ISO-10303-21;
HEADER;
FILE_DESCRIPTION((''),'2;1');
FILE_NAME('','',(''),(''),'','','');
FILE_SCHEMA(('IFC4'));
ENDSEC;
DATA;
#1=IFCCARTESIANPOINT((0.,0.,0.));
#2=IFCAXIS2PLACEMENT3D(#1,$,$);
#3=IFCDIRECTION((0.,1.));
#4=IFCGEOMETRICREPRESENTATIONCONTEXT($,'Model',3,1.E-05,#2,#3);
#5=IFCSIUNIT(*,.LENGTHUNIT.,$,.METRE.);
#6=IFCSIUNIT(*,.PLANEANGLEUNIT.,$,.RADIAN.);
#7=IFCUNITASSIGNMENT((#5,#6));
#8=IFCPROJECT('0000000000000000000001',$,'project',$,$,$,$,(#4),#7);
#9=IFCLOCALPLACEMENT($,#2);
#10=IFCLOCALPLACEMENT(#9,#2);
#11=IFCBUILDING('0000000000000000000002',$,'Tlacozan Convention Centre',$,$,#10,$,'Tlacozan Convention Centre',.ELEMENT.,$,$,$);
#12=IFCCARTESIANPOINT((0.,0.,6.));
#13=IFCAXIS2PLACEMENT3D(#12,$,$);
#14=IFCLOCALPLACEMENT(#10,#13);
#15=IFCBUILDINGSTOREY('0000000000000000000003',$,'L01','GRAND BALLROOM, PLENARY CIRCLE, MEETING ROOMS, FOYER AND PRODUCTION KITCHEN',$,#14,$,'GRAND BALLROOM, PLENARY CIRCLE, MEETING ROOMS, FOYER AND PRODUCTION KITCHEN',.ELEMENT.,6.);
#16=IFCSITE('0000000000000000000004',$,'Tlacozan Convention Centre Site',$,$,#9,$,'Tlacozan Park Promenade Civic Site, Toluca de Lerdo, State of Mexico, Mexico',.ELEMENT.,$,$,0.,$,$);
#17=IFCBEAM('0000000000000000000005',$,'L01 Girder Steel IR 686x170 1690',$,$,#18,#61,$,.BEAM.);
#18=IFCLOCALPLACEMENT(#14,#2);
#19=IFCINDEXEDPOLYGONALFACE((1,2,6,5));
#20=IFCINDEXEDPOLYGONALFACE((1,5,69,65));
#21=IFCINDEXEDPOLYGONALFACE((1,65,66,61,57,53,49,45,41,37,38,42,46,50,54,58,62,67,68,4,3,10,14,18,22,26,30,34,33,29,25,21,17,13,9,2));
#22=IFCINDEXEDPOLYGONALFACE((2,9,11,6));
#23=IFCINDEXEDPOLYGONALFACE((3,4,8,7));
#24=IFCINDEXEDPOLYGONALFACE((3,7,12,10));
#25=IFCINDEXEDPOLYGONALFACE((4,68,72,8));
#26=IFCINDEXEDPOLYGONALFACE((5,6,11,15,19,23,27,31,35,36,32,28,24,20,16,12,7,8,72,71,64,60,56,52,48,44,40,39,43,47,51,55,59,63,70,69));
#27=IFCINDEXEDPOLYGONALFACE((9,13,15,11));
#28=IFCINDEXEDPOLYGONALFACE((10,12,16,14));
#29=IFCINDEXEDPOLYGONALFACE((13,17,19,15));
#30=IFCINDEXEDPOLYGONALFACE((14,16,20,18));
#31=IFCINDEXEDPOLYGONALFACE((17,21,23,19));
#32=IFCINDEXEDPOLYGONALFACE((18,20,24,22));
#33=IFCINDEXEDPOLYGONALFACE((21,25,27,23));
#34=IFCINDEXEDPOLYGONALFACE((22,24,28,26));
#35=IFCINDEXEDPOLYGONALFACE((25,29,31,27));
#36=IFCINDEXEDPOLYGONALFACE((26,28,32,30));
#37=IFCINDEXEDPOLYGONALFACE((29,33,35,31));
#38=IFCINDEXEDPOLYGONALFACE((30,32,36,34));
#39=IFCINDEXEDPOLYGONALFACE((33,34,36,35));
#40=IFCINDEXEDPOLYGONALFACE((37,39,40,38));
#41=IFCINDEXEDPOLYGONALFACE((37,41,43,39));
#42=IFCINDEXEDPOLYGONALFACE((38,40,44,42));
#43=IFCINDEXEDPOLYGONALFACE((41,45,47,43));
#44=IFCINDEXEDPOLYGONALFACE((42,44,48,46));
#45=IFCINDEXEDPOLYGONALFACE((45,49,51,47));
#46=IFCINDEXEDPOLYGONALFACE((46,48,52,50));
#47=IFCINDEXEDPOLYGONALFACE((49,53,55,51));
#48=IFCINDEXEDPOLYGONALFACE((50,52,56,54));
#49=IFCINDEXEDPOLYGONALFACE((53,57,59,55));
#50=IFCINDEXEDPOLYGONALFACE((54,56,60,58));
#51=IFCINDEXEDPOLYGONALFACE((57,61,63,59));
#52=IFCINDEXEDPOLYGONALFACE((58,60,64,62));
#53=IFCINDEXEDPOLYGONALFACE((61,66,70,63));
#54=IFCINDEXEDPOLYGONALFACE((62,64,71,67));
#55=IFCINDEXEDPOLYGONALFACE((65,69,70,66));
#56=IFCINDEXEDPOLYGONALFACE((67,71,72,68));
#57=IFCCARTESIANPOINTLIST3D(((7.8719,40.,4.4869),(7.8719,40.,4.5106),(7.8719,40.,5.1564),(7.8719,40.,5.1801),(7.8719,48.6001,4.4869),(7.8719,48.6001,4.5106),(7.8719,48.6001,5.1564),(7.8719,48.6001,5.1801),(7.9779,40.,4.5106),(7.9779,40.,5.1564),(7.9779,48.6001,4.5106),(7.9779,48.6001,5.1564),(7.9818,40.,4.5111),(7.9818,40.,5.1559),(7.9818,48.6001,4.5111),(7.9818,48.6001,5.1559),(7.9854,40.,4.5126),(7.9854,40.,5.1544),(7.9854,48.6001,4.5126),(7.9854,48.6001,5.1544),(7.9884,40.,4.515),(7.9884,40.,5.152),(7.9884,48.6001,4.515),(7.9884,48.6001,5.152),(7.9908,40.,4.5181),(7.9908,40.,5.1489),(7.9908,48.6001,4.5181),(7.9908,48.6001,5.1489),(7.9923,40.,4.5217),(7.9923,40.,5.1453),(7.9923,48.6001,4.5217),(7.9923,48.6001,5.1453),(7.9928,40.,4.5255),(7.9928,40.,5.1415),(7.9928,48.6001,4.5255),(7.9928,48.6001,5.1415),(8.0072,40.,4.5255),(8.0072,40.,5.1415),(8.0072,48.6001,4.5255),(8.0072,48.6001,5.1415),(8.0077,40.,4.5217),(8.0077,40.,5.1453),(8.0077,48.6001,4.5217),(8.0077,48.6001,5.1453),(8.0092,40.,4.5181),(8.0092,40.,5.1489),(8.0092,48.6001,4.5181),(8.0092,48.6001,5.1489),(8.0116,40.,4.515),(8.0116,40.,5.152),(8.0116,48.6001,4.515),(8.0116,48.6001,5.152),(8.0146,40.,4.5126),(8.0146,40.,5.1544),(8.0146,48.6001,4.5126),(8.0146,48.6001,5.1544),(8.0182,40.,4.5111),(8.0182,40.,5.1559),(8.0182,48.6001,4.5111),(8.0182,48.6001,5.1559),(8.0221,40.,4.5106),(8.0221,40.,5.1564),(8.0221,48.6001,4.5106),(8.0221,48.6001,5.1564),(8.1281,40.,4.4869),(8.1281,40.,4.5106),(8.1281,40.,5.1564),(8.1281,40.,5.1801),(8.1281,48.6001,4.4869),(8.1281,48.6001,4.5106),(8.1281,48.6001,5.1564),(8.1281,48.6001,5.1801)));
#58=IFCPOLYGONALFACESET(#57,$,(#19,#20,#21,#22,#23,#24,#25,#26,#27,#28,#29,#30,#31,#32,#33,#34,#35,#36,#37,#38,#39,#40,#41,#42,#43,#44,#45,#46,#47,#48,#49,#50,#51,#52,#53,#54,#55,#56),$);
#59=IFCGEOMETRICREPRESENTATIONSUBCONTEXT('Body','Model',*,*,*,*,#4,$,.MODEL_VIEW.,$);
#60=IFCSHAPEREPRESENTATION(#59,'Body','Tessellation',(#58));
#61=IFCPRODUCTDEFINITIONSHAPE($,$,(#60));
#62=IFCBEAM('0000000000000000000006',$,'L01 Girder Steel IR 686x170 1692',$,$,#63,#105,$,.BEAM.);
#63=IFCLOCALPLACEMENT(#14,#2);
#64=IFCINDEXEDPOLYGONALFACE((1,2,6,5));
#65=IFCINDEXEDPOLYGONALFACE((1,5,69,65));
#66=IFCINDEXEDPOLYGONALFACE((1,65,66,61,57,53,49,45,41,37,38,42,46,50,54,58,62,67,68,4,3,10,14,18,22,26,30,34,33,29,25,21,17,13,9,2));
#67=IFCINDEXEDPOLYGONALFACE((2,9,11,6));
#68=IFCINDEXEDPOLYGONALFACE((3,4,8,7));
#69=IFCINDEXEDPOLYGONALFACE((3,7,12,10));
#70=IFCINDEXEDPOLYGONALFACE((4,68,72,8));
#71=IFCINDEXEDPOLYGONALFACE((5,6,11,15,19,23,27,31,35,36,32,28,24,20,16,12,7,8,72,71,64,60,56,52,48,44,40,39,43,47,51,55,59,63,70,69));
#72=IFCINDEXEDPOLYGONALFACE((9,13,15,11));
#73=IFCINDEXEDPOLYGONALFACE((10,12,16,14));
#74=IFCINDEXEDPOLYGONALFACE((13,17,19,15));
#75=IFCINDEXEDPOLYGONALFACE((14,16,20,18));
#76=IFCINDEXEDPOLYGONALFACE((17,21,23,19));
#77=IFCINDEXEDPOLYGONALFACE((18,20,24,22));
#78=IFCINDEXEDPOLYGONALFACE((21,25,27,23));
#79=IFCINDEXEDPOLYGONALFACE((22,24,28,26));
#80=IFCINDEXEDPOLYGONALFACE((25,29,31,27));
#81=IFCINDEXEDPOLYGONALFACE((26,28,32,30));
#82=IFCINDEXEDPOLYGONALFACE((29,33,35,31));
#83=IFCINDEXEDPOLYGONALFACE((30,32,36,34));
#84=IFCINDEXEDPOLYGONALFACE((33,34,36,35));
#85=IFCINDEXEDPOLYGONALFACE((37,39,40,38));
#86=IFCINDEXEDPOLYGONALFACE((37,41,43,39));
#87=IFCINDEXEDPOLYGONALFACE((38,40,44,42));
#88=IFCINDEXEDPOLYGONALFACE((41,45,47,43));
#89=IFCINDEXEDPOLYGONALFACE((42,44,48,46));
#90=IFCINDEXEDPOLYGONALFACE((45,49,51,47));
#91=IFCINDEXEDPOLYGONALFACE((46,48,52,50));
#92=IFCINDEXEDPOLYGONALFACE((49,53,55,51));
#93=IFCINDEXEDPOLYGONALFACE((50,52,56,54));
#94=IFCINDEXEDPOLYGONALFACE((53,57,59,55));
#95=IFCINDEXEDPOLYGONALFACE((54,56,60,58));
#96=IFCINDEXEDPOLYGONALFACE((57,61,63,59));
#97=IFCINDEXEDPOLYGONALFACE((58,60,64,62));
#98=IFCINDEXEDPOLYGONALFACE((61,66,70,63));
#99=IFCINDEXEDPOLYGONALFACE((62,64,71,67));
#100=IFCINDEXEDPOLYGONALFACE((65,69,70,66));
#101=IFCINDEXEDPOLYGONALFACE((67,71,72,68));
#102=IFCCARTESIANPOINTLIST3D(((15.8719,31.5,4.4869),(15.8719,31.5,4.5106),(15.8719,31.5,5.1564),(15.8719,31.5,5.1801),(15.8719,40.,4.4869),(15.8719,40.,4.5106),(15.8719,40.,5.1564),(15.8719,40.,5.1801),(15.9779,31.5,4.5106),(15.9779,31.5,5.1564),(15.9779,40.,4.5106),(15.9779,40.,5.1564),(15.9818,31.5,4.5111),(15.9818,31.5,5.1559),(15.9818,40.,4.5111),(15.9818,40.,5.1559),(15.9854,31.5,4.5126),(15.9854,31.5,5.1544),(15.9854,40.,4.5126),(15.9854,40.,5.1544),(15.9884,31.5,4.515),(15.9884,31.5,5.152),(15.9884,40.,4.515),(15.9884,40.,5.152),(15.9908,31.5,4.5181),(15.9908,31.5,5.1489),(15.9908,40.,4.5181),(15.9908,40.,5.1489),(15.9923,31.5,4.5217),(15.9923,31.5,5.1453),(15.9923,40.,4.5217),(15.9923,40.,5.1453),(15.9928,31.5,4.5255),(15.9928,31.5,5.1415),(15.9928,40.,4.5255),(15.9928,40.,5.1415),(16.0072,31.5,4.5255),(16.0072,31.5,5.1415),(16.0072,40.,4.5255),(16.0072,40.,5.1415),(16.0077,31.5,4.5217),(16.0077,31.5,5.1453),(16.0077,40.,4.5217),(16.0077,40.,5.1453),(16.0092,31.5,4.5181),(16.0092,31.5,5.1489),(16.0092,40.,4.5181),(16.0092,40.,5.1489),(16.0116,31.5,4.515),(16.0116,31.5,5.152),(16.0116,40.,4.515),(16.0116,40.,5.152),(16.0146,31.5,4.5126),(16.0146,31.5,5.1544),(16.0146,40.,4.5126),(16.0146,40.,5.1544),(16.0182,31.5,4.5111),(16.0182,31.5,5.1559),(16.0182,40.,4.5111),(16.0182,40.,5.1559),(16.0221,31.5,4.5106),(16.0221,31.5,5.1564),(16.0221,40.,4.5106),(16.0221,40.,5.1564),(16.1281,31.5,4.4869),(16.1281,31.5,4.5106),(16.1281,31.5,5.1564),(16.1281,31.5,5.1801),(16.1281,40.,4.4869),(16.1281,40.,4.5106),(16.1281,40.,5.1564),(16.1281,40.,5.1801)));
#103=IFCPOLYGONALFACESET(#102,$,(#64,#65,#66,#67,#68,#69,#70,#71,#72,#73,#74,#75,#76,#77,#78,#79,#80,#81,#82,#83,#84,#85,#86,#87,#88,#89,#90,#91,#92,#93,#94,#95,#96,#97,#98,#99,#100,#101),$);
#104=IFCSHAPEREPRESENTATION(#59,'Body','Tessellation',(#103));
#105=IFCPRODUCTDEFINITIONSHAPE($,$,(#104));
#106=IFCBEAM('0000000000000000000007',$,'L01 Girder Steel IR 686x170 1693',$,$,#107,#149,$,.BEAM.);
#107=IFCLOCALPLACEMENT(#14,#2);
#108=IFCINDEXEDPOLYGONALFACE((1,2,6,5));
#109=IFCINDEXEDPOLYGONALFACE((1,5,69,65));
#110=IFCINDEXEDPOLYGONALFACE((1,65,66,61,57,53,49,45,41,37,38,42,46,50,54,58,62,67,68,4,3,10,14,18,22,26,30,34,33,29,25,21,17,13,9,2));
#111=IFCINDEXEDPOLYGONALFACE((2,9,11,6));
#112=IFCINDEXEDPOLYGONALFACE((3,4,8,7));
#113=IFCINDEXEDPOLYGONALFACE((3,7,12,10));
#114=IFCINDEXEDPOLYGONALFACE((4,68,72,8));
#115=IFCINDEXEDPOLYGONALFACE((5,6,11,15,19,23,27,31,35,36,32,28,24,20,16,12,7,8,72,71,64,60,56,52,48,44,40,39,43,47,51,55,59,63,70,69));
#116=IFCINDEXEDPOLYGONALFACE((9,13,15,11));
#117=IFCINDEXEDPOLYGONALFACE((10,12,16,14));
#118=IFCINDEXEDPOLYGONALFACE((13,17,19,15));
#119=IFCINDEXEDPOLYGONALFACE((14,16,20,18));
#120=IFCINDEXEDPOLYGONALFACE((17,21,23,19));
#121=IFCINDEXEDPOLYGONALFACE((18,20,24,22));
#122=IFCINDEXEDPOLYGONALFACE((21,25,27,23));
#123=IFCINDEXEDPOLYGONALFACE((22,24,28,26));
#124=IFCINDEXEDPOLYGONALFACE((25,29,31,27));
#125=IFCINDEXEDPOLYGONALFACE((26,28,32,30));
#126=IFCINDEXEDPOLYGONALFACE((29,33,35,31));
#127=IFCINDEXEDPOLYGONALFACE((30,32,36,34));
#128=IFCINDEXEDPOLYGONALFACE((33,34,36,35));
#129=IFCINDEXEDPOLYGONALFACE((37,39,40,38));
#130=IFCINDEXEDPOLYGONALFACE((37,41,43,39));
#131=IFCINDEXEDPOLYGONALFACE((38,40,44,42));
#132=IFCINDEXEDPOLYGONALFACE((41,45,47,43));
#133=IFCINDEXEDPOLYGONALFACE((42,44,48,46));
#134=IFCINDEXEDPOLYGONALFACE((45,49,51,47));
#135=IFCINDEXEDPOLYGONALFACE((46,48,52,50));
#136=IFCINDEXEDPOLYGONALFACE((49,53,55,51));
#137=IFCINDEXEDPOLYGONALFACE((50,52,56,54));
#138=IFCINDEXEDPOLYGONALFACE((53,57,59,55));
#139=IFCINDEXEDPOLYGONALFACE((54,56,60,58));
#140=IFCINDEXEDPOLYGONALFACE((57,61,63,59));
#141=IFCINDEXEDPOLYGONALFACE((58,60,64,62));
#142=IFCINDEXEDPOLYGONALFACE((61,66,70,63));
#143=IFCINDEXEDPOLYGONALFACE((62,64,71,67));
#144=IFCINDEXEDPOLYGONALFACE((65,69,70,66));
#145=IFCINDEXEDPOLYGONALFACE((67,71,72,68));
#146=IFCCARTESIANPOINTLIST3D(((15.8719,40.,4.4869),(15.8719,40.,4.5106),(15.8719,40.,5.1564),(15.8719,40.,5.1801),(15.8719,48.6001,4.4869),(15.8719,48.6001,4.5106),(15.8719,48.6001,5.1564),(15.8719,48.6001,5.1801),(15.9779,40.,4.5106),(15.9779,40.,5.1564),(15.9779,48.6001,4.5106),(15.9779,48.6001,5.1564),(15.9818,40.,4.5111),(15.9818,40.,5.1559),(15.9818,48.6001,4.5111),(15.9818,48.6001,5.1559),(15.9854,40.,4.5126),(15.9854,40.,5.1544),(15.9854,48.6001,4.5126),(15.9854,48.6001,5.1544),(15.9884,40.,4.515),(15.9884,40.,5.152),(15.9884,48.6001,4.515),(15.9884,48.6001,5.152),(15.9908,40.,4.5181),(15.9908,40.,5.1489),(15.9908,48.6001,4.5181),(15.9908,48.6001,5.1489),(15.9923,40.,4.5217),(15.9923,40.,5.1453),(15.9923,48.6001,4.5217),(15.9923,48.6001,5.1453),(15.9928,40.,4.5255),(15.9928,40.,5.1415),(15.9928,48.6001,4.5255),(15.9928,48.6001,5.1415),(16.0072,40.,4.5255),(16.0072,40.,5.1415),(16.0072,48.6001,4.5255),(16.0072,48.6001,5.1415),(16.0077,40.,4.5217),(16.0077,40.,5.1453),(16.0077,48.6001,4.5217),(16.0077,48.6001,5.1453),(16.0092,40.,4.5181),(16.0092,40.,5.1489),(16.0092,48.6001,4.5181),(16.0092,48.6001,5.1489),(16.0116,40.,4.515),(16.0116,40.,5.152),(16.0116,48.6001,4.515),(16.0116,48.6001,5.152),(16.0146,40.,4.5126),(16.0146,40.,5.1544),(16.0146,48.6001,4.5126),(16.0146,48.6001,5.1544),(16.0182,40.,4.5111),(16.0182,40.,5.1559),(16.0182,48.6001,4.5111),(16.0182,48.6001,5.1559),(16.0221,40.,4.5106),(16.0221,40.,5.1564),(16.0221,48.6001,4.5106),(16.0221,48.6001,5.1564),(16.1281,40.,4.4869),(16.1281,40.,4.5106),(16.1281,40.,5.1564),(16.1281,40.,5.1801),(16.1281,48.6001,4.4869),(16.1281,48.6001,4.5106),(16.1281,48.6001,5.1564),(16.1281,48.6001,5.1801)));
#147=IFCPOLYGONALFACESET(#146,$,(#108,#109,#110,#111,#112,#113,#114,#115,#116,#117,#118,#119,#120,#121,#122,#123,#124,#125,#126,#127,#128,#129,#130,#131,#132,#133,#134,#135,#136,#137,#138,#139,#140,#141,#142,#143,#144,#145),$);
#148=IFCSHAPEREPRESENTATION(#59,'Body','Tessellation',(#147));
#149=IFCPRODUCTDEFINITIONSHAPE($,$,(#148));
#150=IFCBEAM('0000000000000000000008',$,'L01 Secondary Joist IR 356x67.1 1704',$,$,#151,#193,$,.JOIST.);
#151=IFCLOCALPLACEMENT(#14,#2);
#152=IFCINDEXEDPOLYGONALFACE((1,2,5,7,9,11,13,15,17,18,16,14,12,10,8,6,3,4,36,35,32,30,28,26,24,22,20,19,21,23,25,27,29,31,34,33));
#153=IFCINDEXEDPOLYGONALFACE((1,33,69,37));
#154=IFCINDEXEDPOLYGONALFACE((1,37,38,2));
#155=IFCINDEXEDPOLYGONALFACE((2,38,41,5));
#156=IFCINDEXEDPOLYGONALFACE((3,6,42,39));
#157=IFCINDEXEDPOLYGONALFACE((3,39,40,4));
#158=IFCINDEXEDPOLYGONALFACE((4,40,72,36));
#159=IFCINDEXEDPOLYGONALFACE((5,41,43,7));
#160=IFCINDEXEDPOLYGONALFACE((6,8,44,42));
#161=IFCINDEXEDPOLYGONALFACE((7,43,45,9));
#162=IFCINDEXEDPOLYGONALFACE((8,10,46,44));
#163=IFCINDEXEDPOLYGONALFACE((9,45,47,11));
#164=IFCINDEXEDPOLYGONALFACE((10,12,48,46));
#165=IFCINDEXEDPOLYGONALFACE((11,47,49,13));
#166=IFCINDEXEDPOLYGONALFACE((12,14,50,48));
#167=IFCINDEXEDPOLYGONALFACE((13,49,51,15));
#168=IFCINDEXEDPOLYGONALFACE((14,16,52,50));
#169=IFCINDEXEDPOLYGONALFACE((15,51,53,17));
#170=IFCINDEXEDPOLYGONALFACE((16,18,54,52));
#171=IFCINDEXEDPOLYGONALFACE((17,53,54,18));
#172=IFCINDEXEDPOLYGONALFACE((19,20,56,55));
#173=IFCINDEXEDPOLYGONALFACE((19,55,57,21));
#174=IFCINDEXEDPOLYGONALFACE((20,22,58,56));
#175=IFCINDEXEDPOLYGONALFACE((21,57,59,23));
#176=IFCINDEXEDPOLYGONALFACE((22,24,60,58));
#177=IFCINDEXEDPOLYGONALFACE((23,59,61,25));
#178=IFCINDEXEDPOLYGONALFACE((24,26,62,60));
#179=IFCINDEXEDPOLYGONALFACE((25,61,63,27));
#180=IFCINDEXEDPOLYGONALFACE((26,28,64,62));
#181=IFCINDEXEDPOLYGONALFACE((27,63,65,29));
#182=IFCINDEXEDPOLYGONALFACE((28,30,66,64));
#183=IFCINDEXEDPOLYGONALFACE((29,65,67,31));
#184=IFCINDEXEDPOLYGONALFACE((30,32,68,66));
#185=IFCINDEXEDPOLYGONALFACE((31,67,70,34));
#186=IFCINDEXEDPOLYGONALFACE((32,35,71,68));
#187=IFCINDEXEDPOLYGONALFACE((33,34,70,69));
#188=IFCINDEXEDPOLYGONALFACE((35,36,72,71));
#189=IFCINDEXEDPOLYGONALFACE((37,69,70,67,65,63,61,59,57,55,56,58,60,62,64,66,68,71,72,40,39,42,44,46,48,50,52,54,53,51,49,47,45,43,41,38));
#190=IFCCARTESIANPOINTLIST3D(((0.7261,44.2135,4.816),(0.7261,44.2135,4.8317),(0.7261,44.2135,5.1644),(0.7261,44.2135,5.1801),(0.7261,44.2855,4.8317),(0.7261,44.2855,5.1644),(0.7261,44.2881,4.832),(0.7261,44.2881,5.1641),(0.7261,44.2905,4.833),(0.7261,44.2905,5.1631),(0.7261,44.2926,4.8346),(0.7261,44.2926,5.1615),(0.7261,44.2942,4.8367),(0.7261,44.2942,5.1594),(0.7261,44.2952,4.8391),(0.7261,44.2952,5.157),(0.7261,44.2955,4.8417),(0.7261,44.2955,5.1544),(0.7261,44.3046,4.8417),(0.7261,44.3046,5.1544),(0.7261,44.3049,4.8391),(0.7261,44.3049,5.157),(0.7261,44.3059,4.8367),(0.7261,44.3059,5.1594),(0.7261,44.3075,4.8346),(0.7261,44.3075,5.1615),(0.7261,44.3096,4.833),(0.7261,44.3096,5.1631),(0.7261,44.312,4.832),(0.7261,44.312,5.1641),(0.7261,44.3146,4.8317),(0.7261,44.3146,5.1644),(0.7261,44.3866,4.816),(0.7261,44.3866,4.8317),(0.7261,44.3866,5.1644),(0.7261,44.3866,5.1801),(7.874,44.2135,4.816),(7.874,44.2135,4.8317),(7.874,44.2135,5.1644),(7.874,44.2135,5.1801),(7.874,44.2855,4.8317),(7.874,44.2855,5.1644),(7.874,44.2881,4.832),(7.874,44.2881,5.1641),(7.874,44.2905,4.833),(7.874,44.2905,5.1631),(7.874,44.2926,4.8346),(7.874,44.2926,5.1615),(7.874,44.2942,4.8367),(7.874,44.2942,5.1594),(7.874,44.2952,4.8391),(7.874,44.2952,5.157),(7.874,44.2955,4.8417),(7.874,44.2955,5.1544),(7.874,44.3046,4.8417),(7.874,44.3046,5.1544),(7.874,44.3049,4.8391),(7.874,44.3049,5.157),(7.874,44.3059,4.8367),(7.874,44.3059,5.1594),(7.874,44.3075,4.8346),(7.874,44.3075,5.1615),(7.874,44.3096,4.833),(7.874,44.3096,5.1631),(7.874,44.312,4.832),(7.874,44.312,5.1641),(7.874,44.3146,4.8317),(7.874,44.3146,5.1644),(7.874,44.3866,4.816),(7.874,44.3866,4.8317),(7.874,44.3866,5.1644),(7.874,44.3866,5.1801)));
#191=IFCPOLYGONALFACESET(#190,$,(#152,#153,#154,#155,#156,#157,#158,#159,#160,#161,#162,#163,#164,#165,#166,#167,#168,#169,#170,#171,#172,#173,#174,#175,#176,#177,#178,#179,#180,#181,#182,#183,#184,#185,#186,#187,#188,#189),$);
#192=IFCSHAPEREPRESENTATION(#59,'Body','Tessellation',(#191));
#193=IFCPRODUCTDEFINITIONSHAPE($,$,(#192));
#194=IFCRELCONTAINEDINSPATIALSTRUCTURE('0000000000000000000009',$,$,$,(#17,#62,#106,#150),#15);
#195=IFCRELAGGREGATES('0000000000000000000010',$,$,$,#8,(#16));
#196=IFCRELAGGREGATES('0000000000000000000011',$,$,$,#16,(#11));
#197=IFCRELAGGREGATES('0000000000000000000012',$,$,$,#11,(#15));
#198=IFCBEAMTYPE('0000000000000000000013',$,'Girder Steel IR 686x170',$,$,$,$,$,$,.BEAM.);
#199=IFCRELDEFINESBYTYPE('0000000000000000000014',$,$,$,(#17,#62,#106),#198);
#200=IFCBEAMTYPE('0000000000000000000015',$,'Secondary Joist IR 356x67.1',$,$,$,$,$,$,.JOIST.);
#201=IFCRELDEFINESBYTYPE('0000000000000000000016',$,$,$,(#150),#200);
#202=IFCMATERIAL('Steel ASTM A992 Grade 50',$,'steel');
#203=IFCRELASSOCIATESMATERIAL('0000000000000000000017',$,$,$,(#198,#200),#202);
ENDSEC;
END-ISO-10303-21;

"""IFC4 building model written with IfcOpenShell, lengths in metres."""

from ifc_helpers import new_model, si_unit, direction, frame, origin, origin_2d, place, context, subcontext, project, spatial, i_section, extrude, material, material_profile, profile_set, type_object, element, save


model = new_model("IFC4")

# Units and contexts
model_context = context("Model", 3, precision=1e-05, world=origin(), true_north=direction((0.0, 1.0)))
body_context = subcontext(model_context, "Body", "Model", "MODEL_VIEW")
ifc_project = project(units=[si_unit("LENGTHUNIT", "METRE"), si_unit("PLANEANGLEUNIT", "RADIAN")], contexts=[model_context])

# Site, building, storey
site_placement = place(None, origin())
site = spatial("IfcSite", under=ifc_project, at=site_placement, Name="Tlacozan Convention Centre Site", LongName="Tlacozan Park Promenade Civic Site, Toluca de Lerdo, State of Mexico, Mexico", CompositionType="ELEMENT", RefElevation=0.0)
building_placement = place(site_placement, origin())
building = spatial("IfcBuilding", under=site, at=building_placement, Name="Tlacozan Convention Centre", LongName="Tlacozan Convention Centre", CompositionType="ELEMENT")
storey_placement = place(building_placement, frame((0.0, 0.0, 6.0)))
storey = spatial("IfcBuildingStorey", under=building, at=storey_placement, Name="L01", Description="GRAND BALLROOM, PLENARY CIRCLE, MEETING ROOMS, FOYER AND PRODUCTION KITCHEN", LongName="GRAND BALLROOM, PLENARY CIRCLE, MEETING ROOMS, FOYER AND PRODUCTION KITCHEN", CompositionType="ELEMENT", Elevation=6.0)

# Beams
ifc_material_1 = material(Name="Steel ASTM A992 Grade 50", Category="steel")
ifc_material_profile_1 = material_profile(ifc_material_1, i_section(OverallWidth=0.2561, OverallDepth=0.6931, WebThickness=0.0144, FlangeThickness=0.0237, FilletRadius=0.0149, at=origin_2d()), Name="IR 686x170.0")
ifc_profile_set_1 = profile_set([ifc_material_profile_1], Name="Steel ASTM A992 Grade 50")
beam_type_1 = type_object("IfcBeamType", Name="Girder Steel IR 686x170", PredefinedType="BEAM", material=ifc_profile_set_1)
for number, where, z_axis, x_axis, name in (
    (1, (8.0, 40.0, 4.8335), (0.0, 1.0, 0.0), (-1.0, 0.0, 0.0), "L01 Girder Steel IR 686x170 1690"),
):
    element("IfcBeam", number, at=place(storey_placement, frame(where, z_axis=z_axis, x_axis=x_axis)), inside=storey, type_object=beam_type_1, Name=name, PredefinedType="BEAM", context=body_context, shape_type="SweptSolid", body=[
        extrude(i_section(OverallWidth=0.2561, OverallDepth=0.6931, WebThickness=0.0144, FlangeThickness=0.0237, FilletRadius=0.0149, at=origin_2d()), origin(), (0.0, 0.0, 1.0), 8.6001),
    ])
beam_1_placement = place(storey_placement, frame((16.0, 31.5, 4.8335), z_axis=(0.0, 1.0, 0.0), x_axis=(-1.0, 0.0, 0.0)))
element("IfcBeam", 2, at=beam_1_placement, inside=storey, type_object=beam_type_1, Name="L01 Girder Steel IR 686x170 1692", PredefinedType="BEAM", context=body_context, shape_type="SweptSolid", body=[
    extrude(i_section(OverallWidth=0.2561, OverallDepth=0.6931, WebThickness=0.0144, FlangeThickness=0.0237, FilletRadius=0.0149, at=origin_2d()), origin(), (0.0, 0.0, 1.0), 8.5),
])
beam_2_placement = place(storey_placement, frame((16.0, 40.0, 4.8335), z_axis=(0.0, 1.0, 0.0), x_axis=(-1.0, 0.0, 0.0)))
element("IfcBeam", 3, at=beam_2_placement, inside=storey, type_object=beam_type_1, Name="L01 Girder Steel IR 686x170 1693", PredefinedType="BEAM", context=body_context, shape_type="SweptSolid", body=[
    extrude(i_section(OverallWidth=0.2561, OverallDepth=0.6931, WebThickness=0.0144, FlangeThickness=0.0237, FilletRadius=0.0149, at=origin_2d()), origin(), (0.0, 0.0, 1.0), 8.6001),
])
ifc_material_profile_2 = material_profile(ifc_material_1, i_section(OverallWidth=0.1731, OverallDepth=0.364, WebThickness=0.009, FlangeThickness=0.0156, FilletRadius=0.01, at=origin_2d()), Name="IR 356x67.1")
ifc_profile_set_2 = profile_set([ifc_material_profile_2], Name="Steel ASTM A992 Grade 50")
beam_type_2 = type_object("IfcBeamType", Name="Secondary Joist IR 356x67.1", PredefinedType="JOIST", material=ifc_profile_set_2)
beam_3_placement = place(storey_placement, frame((0.7261, 44.3, 4.998), z_axis=(1.0, 0.0, 0.0), x_axis=(0.0, 1.0, 0.0)))
element("IfcBeam", 4, at=beam_3_placement, inside=storey, type_object=beam_type_2, Name="L01 Secondary Joist IR 356x67.1 1704", PredefinedType="JOIST", context=body_context, shape_type="SweptSolid", body=[
    extrude(i_section(OverallWidth=0.1731, OverallDepth=0.364, WebThickness=0.009, FlangeThickness=0.0156, FilletRadius=0.01, at=origin_2d()), origin(), (0.0, 0.0, 1.0), 7.1479),
])

save(model, "model.ifc")
